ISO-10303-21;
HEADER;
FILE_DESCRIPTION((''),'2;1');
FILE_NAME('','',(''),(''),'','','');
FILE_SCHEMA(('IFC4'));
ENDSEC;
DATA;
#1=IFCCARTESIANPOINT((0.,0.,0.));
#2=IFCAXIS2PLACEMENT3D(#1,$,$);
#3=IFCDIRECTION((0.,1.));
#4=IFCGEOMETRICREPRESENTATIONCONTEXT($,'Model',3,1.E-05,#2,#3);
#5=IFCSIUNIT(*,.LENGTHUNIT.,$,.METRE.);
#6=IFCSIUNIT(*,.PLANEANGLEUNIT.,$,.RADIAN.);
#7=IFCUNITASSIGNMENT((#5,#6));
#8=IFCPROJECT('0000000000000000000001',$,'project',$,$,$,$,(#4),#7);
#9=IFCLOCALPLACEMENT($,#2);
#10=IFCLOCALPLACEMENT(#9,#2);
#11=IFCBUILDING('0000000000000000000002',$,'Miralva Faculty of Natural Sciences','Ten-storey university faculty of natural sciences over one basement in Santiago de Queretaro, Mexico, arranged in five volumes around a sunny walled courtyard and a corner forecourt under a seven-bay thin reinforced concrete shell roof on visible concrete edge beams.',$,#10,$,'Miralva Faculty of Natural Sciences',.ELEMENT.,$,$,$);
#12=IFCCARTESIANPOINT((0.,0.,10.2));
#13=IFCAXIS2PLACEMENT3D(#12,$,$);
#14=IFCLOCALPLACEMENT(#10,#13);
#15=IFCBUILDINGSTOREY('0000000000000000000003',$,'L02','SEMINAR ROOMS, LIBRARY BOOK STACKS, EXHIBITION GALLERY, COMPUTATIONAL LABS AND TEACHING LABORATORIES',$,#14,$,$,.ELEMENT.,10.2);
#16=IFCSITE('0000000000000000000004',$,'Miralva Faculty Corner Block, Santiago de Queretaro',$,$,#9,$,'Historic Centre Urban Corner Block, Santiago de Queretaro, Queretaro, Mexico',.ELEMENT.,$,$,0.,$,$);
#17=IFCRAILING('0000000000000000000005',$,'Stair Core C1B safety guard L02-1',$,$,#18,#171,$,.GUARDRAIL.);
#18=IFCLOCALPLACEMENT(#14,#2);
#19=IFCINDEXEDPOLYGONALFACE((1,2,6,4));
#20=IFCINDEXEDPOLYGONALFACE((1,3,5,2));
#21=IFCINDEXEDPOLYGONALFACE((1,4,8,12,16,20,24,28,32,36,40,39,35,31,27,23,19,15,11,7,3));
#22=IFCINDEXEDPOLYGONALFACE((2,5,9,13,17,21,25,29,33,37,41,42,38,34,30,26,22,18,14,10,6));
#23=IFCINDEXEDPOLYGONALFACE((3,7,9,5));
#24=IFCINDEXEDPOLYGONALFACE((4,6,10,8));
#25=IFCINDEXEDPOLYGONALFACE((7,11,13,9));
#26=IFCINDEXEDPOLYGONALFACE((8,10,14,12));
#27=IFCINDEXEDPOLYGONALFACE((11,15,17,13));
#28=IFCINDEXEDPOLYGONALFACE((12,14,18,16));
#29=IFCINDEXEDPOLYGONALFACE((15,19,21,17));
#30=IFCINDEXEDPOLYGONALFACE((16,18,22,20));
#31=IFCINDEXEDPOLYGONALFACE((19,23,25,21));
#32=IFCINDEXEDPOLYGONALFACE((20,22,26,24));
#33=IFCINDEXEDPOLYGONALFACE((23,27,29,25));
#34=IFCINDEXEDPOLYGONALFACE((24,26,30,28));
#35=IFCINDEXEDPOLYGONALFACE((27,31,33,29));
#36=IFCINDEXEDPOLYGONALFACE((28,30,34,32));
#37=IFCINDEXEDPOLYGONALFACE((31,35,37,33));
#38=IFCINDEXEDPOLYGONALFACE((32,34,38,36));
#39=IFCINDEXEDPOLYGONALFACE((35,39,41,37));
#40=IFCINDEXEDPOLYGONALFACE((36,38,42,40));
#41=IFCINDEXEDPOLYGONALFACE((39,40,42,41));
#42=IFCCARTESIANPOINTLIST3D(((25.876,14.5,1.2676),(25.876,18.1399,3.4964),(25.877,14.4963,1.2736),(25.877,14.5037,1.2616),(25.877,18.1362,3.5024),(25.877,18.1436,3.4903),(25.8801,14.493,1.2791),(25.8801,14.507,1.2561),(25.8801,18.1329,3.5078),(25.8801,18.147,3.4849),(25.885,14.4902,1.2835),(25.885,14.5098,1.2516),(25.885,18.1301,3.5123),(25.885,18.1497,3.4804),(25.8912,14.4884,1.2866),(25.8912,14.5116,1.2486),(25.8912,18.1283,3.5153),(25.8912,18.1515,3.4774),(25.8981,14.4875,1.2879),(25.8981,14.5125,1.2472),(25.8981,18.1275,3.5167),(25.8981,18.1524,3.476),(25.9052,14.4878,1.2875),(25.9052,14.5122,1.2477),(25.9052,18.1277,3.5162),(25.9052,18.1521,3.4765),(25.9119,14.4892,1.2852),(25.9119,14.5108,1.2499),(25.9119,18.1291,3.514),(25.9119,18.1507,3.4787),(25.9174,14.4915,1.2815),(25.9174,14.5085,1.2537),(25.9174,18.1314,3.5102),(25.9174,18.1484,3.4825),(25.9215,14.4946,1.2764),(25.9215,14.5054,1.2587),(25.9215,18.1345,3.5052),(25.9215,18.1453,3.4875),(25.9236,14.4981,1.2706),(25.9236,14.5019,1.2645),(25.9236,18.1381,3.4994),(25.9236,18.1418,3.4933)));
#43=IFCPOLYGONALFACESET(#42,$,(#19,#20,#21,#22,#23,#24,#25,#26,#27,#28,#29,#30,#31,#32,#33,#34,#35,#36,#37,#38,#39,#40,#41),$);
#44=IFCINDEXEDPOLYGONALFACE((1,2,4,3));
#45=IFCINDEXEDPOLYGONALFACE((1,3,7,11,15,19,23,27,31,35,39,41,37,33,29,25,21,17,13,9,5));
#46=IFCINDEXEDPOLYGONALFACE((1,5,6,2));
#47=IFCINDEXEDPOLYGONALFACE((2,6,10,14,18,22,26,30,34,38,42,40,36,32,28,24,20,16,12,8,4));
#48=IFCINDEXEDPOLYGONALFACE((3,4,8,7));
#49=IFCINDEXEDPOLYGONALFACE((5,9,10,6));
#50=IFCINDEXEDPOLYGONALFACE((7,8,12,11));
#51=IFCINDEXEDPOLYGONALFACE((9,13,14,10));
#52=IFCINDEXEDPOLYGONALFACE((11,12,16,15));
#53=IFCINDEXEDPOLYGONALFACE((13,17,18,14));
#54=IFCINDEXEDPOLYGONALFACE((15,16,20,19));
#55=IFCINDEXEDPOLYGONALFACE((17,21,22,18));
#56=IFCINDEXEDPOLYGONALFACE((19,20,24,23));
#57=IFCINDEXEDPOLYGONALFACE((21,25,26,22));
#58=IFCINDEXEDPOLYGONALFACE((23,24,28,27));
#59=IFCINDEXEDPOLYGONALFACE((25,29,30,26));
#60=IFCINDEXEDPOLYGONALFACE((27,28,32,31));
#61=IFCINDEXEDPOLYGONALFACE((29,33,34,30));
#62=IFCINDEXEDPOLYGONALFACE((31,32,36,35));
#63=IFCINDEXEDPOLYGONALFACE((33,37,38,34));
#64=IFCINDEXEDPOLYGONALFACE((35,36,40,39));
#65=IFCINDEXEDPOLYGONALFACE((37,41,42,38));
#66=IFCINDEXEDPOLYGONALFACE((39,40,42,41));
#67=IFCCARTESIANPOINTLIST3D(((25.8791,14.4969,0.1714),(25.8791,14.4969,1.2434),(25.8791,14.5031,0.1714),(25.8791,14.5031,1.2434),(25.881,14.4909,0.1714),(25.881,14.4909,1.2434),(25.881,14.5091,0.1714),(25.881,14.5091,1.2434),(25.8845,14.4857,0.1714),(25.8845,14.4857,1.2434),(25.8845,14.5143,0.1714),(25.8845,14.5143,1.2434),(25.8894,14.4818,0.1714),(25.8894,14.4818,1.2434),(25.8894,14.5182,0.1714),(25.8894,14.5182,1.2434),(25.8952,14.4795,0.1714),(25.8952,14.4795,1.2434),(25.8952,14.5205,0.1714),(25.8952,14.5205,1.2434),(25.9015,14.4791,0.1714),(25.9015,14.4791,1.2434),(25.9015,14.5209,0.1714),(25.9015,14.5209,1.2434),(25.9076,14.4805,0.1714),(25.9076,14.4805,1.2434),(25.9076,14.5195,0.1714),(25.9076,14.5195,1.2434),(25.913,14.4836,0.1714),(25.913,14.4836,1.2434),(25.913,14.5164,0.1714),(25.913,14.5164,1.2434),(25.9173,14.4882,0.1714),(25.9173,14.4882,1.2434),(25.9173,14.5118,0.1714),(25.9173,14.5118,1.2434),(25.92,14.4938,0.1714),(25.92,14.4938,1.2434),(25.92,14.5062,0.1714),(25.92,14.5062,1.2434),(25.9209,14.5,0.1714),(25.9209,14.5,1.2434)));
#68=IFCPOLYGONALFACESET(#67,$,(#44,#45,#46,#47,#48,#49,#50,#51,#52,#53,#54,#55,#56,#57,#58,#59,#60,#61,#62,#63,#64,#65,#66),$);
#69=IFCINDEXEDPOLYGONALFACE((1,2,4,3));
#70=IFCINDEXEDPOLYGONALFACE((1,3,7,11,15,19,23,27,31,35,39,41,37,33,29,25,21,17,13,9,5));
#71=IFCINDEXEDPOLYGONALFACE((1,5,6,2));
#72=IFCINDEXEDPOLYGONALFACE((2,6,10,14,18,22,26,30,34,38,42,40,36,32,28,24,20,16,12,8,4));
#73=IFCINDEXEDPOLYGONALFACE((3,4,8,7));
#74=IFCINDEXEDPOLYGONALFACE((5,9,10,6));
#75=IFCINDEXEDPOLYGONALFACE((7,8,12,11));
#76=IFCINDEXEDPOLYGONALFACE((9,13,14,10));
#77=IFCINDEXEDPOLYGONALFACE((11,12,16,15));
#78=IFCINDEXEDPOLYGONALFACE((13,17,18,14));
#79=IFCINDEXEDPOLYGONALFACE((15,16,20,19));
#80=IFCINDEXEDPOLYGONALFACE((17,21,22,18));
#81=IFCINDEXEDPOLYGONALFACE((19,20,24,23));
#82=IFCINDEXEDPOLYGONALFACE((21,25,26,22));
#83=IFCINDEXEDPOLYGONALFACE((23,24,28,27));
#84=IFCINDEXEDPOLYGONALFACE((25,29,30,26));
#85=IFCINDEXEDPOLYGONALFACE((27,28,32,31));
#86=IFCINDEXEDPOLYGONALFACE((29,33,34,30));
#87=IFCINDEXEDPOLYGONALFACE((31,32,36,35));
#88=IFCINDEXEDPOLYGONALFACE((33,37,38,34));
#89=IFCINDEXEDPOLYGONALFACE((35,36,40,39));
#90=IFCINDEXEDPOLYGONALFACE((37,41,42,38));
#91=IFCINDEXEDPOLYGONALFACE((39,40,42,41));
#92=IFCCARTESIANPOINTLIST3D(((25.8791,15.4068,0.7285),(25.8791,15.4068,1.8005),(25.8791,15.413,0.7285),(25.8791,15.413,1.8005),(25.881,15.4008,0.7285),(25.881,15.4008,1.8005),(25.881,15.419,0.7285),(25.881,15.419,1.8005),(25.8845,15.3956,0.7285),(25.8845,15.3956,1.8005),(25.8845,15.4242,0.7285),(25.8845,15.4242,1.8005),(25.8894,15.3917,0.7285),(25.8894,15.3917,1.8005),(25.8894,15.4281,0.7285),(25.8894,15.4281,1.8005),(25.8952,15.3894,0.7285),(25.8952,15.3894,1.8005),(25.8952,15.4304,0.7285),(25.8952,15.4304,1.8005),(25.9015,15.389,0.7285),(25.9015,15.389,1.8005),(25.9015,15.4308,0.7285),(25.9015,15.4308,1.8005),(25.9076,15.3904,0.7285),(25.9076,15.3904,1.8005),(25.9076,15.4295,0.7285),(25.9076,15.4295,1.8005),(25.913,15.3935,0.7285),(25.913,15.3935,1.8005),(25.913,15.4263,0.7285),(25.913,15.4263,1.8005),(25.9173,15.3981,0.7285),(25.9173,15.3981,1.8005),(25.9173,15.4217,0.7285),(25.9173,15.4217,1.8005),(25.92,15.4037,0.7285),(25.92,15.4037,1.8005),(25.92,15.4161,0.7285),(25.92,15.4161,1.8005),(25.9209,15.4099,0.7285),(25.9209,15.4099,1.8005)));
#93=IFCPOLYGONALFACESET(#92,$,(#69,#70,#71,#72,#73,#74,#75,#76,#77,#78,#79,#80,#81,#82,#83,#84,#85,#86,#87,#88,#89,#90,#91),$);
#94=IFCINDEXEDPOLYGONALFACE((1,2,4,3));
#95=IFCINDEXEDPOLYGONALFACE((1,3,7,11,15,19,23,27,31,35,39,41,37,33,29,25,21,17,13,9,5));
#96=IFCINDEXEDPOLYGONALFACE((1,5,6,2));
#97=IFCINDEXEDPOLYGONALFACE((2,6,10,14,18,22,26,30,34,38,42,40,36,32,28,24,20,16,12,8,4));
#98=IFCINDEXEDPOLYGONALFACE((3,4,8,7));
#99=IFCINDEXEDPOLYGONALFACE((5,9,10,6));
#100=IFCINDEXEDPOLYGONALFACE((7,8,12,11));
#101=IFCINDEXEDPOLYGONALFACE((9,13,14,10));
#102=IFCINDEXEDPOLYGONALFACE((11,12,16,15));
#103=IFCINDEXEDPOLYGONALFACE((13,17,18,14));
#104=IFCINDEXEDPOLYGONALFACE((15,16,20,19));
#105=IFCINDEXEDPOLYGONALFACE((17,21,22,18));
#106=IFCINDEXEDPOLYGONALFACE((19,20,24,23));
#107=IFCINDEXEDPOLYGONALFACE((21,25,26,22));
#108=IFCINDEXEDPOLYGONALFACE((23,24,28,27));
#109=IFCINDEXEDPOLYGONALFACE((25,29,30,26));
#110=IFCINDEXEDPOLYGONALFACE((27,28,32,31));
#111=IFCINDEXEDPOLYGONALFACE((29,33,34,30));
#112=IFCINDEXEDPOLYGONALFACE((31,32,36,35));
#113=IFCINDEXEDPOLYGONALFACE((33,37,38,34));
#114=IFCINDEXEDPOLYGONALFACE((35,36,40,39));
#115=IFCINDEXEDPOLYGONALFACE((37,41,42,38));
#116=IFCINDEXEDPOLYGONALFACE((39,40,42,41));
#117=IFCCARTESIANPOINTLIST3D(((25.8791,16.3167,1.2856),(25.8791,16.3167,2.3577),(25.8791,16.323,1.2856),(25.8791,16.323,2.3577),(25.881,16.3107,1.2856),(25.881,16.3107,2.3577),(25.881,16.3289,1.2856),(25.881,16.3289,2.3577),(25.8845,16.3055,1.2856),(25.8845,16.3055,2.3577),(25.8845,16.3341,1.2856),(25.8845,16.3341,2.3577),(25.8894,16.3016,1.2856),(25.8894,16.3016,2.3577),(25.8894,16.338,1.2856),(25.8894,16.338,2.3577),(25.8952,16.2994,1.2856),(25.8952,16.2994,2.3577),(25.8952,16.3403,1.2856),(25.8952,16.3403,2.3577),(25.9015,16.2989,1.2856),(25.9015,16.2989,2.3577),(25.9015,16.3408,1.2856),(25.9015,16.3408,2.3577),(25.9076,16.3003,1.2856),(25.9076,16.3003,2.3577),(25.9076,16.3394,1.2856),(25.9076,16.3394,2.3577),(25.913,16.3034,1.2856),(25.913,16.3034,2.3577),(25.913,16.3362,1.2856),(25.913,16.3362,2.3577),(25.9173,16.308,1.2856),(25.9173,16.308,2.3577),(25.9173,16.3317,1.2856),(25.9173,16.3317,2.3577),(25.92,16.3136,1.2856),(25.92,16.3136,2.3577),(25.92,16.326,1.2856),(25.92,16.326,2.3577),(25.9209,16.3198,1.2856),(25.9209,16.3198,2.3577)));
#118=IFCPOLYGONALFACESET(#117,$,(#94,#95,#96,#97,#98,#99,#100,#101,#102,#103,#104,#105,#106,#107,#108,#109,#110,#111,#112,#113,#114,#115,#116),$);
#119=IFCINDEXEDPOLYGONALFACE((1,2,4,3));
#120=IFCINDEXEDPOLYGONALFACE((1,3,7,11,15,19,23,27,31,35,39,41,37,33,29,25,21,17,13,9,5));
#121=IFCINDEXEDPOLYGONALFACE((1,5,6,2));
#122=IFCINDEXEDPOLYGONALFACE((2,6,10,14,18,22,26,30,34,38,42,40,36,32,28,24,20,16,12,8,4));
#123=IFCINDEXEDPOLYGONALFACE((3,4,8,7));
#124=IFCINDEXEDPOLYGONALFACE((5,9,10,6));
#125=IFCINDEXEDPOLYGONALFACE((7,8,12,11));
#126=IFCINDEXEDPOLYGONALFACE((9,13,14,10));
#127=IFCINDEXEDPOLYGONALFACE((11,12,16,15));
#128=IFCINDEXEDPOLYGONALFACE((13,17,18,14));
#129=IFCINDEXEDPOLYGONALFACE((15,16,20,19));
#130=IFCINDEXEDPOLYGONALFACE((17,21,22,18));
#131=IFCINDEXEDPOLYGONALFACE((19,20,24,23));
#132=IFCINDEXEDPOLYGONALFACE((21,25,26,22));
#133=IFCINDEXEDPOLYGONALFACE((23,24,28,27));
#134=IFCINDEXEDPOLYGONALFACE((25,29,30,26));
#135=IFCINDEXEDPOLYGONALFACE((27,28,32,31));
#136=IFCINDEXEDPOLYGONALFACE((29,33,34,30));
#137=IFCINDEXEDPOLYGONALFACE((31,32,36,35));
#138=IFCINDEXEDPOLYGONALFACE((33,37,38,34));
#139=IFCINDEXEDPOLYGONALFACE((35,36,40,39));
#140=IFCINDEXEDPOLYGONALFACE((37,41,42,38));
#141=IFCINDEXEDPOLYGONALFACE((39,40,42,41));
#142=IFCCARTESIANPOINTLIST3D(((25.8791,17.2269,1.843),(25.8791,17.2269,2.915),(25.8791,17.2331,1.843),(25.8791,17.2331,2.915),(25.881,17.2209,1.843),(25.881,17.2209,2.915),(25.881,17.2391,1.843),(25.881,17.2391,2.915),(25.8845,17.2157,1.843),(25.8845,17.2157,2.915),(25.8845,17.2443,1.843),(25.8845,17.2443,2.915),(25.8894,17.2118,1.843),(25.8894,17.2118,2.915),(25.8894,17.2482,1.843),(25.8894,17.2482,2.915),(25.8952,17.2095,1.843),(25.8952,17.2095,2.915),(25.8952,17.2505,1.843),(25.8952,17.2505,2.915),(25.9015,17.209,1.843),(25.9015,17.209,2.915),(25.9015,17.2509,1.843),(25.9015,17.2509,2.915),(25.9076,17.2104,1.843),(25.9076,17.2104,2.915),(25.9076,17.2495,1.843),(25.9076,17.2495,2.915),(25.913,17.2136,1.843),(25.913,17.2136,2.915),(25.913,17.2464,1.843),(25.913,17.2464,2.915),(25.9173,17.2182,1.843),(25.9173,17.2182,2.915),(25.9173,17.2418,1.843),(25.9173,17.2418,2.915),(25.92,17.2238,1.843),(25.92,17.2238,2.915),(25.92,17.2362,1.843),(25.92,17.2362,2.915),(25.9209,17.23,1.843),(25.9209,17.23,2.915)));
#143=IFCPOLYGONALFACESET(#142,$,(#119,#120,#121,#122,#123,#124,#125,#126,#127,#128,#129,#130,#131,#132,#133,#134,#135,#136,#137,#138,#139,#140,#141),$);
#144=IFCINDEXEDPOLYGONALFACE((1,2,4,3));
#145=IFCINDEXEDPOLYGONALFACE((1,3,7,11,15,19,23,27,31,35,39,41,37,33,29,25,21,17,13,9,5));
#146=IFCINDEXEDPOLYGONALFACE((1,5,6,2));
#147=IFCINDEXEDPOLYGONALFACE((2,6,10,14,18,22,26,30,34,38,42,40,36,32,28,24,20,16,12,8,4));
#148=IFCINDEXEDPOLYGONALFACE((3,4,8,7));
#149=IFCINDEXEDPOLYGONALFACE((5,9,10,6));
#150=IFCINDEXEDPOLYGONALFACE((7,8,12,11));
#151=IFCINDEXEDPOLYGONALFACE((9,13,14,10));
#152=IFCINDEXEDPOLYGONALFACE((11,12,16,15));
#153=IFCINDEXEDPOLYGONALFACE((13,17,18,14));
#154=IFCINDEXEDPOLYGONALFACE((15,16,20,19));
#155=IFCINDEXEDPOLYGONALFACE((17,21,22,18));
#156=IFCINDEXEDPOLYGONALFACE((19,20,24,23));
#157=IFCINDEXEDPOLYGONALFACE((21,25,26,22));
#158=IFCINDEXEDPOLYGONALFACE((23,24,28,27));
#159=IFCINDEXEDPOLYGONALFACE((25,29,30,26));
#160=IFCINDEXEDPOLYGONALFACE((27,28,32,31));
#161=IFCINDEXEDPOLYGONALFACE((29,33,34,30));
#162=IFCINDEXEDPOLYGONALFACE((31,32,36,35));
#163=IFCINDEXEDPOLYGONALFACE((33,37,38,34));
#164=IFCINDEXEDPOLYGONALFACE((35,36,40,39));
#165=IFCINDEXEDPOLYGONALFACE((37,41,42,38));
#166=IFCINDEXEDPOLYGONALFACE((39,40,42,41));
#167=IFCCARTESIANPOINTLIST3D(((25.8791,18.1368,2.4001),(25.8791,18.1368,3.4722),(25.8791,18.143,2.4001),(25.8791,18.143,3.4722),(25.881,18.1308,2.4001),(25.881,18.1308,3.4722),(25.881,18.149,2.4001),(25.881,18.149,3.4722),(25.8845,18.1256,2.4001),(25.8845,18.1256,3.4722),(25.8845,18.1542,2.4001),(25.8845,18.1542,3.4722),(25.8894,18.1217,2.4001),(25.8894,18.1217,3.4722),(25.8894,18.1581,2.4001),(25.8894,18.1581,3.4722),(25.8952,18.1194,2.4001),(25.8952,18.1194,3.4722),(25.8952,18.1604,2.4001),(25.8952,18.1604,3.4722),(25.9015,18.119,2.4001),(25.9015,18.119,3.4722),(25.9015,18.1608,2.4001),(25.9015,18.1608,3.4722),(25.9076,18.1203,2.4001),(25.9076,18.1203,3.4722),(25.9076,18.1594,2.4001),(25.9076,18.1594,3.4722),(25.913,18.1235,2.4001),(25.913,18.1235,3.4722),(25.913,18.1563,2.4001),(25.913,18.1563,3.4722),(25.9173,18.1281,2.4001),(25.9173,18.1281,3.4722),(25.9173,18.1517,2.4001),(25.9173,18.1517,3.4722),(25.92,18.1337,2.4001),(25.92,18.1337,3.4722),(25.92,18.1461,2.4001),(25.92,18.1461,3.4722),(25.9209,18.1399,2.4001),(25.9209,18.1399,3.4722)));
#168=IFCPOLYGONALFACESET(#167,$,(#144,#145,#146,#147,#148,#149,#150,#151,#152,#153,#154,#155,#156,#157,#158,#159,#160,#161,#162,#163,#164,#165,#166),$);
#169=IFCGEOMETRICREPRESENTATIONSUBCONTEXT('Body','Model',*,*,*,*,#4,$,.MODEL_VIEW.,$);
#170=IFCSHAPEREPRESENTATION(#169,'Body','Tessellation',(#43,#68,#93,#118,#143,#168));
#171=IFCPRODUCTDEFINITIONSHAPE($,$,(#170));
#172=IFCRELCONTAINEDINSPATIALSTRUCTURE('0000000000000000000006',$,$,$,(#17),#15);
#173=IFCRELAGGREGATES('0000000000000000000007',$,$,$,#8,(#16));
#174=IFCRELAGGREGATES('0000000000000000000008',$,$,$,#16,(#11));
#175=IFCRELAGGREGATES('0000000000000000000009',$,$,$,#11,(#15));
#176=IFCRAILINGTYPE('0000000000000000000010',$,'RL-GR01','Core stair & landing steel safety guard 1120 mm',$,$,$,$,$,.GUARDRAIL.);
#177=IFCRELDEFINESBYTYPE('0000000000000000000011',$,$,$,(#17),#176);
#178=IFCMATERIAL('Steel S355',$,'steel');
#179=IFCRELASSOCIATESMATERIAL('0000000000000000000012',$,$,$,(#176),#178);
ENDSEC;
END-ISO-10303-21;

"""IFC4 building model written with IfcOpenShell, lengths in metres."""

from ifc_helpers import new_model, si_unit, direction, frame, origin, origin_2d, place, context, subcontext, project, spatial, circle, extrude, material, type_object, element, save


model = new_model("IFC4")

# Units and contexts
model_context = context("Model", 3, precision=1e-05, world=origin(), true_north=direction((0.0, 1.0)))
body_context = subcontext(model_context, "Body", "Model", "MODEL_VIEW")
ifc_project = project(units=[si_unit("LENGTHUNIT", "METRE"), si_unit("PLANEANGLEUNIT", "RADIAN")], contexts=[model_context])

# Site, building, storey
site_placement = place(None, origin())
site = spatial("IfcSite", under=ifc_project, at=site_placement, Name="Miralva Faculty Corner Block, Santiago de Queretaro", LongName="Historic Centre Urban Corner Block, Santiago de Queretaro, Queretaro, Mexico", CompositionType="ELEMENT", RefElevation=0.0)
building_placement = place(site_placement, origin())
building = spatial("IfcBuilding", under=site, at=building_placement, Name="Miralva Faculty of Natural Sciences", Description="Ten-storey university faculty of natural sciences over one basement in Santiago de Queretaro, Mexico, arranged in five volumes around a sunny walled courtyard and a corner forecourt under a seven-bay thin reinforced concrete shell roof on visible concrete edge beams.", LongName="Miralva Faculty of Natural Sciences", CompositionType="ELEMENT")
storey_placement = place(building_placement, frame((0.0, 0.0, 10.2)))
storey = spatial("IfcBuildingStorey", under=building, at=storey_placement, Name="L02", Description="SEMINAR ROOMS, LIBRARY BOOK STACKS, EXHIBITION GALLERY, COMPUTATIONAL LABS AND TEACHING LABORATORIES", CompositionType="ELEMENT", Elevation=10.2)

# Railing
ifc_material_1 = material(Name="Steel S355", Category="steel")
railing_type_1 = type_object("IfcRailingType", Name="RL-GR01", Description="Core stair & landing steel safety guard 1120 mm", PredefinedType="GUARDRAIL", material=ifc_material_1)
railing_1_placement = place(storey_placement, frame((25.8999, 14.5, 0.1714)))
element("IfcRailing", 1, at=railing_1_placement, inside=storey, type_object=railing_type_1, Name="Stair Core C1B safety guard L02-1", PredefinedType="GUARDRAIL", context=body_context, shape_type="SweptSolid", body=[
    extrude(circle(Radius=0.0239, at=origin_2d()), frame((0.0, 0.0, 1.0962), z_axis=(0.0, 0.852825, 0.522197), x_axis=(-1.0, 0.0, 0.0)), (0.0, 0.0, 1.0), 4.2681),
    extrude(circle(Radius=0.021, at=origin_2d()), origin(), (0.0, 0.0, 1.0), 1.072),
    extrude(circle(Radius=0.021, at=origin_2d()), frame((0.0, 0.9099, 0.5571)), (0.0, 0.0, 1.0), 1.072),
    extrude(circle(Radius=0.021, at=origin_2d()), frame((0.0, 1.8198, 1.1143)), (0.0, 0.0, 1.0), 1.072),
    extrude(circle(Radius=0.021, at=origin_2d()), frame((0.0, 2.73, 1.6716)), (0.0, 0.0, 1.0), 1.072),
    extrude(circle(Radius=0.021, at=origin_2d()), frame((0.0, 3.6399, 2.2288)), (0.0, 0.0, 1.0), 1.072),
])

save(model, "model.ifc")
